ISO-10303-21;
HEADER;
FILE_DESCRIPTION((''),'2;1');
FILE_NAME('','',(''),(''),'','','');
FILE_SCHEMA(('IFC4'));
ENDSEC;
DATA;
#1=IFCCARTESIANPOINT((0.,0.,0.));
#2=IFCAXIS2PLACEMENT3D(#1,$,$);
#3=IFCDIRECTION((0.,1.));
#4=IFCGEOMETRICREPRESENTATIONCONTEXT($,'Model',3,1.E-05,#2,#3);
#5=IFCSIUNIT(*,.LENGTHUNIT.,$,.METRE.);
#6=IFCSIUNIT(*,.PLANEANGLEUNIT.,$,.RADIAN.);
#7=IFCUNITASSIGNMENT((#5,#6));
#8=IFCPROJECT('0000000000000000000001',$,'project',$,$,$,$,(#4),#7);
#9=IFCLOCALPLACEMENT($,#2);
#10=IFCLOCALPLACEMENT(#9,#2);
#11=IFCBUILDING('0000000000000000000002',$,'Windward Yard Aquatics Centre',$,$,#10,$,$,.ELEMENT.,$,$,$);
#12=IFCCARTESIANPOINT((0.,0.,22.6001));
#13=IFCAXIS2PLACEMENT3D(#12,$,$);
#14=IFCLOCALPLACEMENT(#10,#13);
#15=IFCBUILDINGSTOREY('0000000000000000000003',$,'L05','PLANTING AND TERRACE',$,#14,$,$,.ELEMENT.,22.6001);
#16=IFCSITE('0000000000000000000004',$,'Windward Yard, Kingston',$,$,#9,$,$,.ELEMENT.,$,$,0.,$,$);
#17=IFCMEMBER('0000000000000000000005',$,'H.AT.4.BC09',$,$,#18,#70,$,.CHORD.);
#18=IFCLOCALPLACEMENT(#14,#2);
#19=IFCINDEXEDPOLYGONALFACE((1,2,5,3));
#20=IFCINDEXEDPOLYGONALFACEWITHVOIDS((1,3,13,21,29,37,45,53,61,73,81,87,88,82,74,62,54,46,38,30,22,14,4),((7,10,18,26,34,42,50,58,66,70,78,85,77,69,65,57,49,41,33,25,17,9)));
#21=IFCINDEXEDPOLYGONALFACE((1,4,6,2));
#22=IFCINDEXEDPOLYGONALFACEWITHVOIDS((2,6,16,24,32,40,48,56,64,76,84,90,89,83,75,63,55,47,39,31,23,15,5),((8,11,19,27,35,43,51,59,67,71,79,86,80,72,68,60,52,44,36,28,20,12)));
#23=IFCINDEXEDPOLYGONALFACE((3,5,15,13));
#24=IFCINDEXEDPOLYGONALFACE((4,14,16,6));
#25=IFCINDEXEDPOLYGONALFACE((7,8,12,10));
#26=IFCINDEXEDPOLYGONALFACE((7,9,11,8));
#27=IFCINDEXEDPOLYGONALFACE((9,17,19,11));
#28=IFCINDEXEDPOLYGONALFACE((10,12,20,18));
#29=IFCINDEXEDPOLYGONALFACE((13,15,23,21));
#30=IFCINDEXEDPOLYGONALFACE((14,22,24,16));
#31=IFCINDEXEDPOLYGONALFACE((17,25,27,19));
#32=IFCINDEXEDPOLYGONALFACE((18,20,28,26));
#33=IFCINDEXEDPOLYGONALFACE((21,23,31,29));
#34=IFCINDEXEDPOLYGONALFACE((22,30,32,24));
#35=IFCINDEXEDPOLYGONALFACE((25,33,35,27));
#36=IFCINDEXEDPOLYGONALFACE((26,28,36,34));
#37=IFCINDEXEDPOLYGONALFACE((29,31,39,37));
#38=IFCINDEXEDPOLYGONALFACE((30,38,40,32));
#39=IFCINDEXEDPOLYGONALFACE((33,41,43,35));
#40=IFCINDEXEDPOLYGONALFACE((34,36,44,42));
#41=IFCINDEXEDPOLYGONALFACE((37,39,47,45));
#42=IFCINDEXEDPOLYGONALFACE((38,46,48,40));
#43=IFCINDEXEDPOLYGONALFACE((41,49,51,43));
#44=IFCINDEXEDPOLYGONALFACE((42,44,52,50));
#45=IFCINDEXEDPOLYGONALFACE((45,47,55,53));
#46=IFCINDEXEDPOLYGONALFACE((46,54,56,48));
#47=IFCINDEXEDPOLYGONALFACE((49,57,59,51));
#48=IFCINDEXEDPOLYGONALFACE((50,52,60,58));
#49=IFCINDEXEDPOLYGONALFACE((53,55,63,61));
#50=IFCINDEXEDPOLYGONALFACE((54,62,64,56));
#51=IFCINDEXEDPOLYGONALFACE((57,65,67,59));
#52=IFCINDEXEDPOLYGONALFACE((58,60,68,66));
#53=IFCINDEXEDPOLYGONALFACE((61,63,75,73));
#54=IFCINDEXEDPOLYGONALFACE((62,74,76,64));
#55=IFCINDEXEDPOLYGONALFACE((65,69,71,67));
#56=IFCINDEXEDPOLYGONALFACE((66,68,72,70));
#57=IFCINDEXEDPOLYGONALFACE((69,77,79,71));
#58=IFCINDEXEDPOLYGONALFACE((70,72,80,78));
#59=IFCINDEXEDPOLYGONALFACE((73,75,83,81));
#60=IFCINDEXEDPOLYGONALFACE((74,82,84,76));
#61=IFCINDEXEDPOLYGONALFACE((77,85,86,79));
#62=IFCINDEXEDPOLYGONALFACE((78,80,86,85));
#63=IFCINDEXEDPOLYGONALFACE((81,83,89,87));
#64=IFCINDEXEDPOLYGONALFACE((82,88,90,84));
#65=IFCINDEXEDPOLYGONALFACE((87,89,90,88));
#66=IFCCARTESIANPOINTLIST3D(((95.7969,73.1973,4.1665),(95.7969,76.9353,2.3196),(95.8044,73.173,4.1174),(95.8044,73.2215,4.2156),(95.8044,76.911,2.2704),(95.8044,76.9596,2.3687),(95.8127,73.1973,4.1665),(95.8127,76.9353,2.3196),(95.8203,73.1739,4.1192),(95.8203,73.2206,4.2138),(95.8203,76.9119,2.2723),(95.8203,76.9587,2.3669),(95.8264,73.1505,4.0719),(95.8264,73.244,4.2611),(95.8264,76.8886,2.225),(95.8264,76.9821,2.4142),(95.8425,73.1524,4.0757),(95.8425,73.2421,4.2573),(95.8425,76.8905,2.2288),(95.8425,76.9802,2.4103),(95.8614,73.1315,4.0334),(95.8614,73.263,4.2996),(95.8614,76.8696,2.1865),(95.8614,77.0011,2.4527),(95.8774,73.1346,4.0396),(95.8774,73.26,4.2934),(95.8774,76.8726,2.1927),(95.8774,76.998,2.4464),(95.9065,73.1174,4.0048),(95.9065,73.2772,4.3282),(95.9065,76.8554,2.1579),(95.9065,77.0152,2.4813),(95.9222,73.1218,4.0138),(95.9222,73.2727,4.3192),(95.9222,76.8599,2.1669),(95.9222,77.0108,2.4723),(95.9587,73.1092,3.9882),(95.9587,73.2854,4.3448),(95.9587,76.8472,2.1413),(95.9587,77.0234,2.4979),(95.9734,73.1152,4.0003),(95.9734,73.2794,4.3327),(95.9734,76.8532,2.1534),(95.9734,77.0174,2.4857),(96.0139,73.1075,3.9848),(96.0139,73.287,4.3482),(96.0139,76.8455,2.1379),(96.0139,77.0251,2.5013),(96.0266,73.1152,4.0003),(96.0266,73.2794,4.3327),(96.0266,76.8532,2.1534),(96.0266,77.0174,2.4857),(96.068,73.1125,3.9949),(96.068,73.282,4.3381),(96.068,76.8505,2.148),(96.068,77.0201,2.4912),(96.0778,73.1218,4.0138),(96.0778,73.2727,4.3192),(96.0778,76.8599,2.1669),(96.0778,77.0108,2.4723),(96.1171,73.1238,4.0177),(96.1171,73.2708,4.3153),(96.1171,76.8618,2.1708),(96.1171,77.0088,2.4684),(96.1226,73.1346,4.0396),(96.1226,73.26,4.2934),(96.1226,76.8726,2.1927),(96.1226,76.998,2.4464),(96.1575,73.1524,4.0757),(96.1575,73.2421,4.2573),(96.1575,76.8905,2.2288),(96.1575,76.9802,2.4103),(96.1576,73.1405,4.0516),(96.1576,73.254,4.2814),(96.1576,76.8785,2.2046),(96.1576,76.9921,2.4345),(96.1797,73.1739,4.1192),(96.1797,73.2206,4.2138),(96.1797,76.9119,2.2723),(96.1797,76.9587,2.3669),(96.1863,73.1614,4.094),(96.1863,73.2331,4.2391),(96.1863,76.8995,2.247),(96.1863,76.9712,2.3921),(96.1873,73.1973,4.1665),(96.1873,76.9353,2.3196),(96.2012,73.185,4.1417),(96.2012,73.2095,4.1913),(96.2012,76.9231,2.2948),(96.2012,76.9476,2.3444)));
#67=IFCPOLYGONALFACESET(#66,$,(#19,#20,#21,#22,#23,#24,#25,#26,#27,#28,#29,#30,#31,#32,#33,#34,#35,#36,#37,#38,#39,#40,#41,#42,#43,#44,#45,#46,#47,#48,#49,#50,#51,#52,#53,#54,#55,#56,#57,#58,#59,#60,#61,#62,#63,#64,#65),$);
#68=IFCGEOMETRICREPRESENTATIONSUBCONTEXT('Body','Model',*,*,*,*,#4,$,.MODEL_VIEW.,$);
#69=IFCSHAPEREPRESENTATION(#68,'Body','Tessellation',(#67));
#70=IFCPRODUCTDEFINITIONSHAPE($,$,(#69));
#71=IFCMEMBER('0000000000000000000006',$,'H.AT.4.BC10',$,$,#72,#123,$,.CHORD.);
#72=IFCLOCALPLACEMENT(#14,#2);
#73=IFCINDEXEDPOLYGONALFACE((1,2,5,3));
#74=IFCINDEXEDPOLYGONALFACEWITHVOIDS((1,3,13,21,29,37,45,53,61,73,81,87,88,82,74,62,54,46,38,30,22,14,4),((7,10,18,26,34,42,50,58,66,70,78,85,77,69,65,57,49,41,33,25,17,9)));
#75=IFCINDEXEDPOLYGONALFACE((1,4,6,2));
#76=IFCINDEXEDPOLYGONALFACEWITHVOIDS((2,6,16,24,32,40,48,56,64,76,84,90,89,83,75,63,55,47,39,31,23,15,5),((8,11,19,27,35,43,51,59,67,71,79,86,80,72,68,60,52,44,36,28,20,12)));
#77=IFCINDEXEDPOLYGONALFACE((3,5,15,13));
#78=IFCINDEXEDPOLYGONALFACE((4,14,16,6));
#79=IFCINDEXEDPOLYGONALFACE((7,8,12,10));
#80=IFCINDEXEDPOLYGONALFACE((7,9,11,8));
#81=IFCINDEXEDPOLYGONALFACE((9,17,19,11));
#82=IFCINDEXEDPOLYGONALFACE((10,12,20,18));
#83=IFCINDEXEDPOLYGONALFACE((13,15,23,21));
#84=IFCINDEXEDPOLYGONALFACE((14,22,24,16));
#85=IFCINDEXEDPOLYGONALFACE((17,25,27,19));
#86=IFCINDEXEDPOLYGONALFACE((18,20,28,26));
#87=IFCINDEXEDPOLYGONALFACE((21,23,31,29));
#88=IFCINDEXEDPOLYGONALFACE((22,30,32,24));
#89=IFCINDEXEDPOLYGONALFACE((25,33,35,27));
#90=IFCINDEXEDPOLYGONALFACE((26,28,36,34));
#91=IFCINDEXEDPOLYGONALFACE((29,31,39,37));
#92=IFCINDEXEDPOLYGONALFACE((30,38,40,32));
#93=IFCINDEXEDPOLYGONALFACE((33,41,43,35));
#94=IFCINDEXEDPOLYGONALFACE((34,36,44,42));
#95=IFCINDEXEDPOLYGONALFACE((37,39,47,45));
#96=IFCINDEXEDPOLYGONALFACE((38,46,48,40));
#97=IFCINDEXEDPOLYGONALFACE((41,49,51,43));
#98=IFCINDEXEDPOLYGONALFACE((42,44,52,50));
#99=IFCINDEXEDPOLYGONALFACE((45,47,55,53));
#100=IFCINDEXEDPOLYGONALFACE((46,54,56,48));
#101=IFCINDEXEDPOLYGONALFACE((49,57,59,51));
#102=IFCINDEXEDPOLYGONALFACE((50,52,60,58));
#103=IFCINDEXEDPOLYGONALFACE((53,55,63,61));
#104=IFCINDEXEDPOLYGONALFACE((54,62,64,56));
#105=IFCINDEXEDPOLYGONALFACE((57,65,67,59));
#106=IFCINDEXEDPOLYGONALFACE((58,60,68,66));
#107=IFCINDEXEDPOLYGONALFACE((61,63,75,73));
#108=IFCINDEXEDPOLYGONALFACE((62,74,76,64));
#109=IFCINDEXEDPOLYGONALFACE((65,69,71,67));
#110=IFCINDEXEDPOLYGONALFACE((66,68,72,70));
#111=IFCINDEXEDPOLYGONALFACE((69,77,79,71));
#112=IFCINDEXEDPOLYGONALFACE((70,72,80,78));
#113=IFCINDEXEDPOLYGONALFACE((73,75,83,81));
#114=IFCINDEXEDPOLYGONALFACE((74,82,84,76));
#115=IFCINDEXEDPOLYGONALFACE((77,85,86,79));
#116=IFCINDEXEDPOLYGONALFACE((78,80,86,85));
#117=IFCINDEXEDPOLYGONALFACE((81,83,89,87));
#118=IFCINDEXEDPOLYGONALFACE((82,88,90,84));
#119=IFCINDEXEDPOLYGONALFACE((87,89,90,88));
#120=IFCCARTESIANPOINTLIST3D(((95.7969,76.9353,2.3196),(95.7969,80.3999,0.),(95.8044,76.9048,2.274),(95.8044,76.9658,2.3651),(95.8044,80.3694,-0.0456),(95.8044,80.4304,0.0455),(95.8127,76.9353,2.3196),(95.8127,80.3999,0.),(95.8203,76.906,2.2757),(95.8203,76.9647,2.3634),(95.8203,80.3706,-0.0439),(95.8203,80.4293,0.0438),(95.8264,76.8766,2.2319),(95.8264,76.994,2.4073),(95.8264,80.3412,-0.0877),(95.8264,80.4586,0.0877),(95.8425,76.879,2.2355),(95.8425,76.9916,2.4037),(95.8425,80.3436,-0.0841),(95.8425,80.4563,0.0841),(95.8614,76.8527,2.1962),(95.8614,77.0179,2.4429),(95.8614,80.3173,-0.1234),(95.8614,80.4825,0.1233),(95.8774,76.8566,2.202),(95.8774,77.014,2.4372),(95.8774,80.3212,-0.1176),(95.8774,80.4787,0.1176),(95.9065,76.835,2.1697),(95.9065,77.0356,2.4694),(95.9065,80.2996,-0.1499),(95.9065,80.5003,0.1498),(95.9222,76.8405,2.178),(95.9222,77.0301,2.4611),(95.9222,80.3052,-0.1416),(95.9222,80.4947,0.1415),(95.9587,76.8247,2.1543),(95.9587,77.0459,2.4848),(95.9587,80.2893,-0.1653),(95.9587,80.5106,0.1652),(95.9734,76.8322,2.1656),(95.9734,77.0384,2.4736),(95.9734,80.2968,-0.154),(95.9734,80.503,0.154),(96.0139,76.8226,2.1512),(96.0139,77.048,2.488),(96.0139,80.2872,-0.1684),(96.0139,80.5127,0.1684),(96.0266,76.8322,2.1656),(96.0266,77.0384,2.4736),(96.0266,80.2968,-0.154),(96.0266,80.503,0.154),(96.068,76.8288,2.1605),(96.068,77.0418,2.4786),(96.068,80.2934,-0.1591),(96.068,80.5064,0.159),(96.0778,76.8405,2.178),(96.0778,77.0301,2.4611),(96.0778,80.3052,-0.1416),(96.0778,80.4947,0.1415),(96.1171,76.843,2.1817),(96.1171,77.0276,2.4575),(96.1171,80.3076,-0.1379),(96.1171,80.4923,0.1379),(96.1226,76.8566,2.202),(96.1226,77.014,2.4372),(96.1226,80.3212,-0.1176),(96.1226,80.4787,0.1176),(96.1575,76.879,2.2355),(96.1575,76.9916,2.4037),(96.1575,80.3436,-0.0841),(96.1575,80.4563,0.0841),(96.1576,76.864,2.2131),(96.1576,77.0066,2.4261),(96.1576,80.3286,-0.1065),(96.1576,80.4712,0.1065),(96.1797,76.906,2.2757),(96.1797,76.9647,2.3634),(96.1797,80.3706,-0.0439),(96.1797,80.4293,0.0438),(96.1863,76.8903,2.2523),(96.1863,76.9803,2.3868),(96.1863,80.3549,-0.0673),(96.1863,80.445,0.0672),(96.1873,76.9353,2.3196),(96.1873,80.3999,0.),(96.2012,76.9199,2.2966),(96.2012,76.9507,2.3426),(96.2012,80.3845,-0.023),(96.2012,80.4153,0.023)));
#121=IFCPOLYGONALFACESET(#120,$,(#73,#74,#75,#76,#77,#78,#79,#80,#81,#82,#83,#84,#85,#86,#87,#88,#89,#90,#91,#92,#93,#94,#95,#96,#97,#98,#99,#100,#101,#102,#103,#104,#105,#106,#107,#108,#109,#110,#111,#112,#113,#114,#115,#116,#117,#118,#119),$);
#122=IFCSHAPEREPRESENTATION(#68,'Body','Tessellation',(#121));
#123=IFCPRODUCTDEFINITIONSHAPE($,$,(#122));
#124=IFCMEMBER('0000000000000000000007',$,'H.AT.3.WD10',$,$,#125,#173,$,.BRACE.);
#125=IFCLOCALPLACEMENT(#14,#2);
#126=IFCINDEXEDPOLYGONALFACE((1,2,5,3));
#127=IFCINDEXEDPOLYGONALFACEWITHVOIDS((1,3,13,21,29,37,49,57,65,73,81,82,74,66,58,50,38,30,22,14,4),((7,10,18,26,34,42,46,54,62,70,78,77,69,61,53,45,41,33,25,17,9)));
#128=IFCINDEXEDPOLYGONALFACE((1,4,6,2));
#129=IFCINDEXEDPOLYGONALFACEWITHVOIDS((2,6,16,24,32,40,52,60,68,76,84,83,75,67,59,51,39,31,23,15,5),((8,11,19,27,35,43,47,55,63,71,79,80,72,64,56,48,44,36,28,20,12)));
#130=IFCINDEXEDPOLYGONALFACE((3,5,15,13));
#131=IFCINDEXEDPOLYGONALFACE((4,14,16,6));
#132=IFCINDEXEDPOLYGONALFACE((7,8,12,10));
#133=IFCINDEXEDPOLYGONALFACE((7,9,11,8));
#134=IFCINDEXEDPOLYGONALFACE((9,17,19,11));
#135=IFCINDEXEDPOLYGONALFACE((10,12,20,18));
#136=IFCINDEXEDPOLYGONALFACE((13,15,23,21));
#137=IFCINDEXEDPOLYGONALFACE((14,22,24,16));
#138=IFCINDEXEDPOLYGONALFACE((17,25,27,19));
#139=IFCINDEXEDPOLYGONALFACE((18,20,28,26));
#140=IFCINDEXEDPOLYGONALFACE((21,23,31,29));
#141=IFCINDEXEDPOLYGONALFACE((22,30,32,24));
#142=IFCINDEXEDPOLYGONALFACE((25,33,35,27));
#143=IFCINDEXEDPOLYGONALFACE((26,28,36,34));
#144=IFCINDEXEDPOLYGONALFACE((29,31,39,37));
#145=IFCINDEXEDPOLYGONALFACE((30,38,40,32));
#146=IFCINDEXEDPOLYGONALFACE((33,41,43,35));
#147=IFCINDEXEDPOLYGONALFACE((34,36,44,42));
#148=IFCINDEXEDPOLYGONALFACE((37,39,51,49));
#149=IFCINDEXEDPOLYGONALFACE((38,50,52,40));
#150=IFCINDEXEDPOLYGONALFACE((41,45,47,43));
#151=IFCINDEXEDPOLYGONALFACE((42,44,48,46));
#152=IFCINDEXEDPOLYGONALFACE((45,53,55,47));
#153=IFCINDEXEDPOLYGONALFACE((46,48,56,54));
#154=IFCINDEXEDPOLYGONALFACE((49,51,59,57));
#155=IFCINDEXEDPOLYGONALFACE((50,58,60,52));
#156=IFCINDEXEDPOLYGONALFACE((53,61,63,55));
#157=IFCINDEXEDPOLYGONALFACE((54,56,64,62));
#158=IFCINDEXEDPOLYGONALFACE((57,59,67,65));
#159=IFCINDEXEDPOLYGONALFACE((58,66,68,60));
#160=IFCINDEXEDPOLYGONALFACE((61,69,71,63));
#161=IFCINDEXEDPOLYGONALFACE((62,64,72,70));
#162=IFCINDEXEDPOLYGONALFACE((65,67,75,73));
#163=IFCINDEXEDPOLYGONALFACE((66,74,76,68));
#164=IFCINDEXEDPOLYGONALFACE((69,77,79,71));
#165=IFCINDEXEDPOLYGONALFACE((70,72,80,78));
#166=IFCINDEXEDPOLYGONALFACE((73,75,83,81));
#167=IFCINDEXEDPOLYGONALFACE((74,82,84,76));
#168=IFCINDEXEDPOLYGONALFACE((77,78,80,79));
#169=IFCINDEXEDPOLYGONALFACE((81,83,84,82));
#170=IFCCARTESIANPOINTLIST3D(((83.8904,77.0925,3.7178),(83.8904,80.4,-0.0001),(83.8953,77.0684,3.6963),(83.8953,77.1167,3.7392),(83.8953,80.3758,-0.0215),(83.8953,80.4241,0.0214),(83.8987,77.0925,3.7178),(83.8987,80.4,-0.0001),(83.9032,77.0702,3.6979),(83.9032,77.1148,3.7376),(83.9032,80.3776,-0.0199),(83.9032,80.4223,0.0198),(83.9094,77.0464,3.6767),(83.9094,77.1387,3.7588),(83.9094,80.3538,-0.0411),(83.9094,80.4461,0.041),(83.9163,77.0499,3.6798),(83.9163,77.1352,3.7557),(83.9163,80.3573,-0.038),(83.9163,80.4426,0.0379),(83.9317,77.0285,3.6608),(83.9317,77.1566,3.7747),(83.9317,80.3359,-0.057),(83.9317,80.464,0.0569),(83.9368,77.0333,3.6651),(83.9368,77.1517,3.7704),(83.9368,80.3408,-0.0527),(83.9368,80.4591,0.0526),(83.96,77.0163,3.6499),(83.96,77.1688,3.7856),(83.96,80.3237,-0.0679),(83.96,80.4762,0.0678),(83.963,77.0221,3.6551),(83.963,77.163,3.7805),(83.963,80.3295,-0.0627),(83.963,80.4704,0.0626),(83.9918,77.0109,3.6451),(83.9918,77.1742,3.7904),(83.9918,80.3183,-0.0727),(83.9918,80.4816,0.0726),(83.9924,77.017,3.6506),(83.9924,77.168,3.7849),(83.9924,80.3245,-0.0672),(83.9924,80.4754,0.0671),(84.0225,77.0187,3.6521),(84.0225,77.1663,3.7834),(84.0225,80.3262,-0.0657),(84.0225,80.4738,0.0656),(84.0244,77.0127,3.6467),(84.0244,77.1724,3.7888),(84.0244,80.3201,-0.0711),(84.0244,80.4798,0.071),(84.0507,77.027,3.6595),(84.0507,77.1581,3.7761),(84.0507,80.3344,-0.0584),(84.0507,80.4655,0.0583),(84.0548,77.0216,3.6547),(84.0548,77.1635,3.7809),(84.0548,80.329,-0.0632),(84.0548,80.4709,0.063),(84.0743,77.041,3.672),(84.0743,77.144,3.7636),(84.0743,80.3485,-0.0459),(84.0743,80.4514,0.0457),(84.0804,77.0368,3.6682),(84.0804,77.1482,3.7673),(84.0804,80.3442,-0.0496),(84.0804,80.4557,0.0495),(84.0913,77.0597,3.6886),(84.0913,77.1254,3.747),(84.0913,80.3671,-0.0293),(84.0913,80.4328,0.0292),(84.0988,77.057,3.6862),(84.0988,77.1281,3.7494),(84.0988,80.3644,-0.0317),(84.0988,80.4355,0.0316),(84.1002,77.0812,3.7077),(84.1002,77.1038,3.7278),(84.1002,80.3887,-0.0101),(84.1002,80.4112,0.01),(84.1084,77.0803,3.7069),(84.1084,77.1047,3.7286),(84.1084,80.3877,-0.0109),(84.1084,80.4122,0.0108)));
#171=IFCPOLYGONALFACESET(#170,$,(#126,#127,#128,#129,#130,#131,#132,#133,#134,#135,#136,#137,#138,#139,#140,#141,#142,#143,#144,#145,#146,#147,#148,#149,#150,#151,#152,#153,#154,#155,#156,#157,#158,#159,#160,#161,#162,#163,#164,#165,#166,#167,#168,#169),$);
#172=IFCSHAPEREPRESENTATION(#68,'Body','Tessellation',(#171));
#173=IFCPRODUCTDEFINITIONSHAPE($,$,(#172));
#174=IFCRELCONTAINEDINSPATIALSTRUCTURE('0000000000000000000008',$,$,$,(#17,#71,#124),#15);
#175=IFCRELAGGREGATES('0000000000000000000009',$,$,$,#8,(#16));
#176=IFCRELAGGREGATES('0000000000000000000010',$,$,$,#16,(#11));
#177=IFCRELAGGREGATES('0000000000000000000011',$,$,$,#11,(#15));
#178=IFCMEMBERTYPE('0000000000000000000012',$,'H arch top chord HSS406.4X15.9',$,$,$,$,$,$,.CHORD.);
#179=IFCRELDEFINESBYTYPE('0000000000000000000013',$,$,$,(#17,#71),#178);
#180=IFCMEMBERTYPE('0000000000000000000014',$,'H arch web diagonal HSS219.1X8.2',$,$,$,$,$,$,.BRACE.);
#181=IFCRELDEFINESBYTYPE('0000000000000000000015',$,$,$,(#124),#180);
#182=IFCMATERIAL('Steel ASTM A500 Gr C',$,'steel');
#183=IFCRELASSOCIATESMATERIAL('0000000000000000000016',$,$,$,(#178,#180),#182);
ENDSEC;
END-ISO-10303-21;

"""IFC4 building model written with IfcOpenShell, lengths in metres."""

from ifc_helpers import new_model, si_unit, direction, frame, origin, origin_2d, place, context, subcontext, project, spatial, hollow_circle, extrude, material, material_profile, profile_set, type_object, element, save


model = new_model("IFC4")

# Units and contexts
model_context = context("Model", 3, precision=1e-05, world=origin(), true_north=direction((0.0, 1.0)))
body_context = subcontext(model_context, "Body", "Model", "MODEL_VIEW")
ifc_project = project(units=[si_unit("LENGTHUNIT", "METRE"), si_unit("PLANEANGLEUNIT", "RADIAN")], contexts=[model_context])

# Site, building, storey
site_placement = place(None, origin())
site = spatial("IfcSite", under=ifc_project, at=site_placement, Name="Windward Yard, Kingston", CompositionType="ELEMENT", RefElevation=0.0)
building_placement = place(site_placement, origin())
building = spatial("IfcBuilding", under=site, at=building_placement, Name="Windward Yard Aquatics Centre", CompositionType="ELEMENT")
storey_placement = place(building_placement, frame((0.0, 0.0, 22.6001)))
storey = spatial("IfcBuildingStorey", under=building, at=storey_placement, Name="L05", Description="PLANTING AND TERRACE", CompositionType="ELEMENT", Elevation=22.6001)

# Members
ifc_material_1 = material(Name="Steel ASTM A500 Gr C", Category="steel")
ifc_material_profile_1 = material_profile(ifc_material_1, hollow_circle(Radius=0.2031, WallThickness=0.0159, at=origin_2d()), Name="HSS406.4X15.9")
ifc_profile_set_1 = profile_set([ifc_material_profile_1], Name="Steel ASTM A500 Gr C")
member_type_1 = type_object("IfcMemberType", Name="H arch top chord HSS406.4X15.9", PredefinedType="CHORD", material=ifc_profile_set_1)
for number, where, z_axis, x_axis, name in (
    (1, (96.0, 73.1973, 4.1665), (0.0, 0.896537, -0.442969), (-1.0, 0.0, 0.0), "H.AT.4.BC09"),
    (2, (96.0, 76.9353, 2.3196), (0.0, 0.830959, -0.556334), (-1.0, 0.0, 0.0), "H.AT.4.BC10"),
):
    element("IfcMember", number, at=place(storey_placement, frame(where, z_axis=z_axis, x_axis=x_axis)), inside=storey, type_object=member_type_1, Name=name, PredefinedType="CHORD", context=body_context, shape_type="SweptSolid", body=[
        extrude(hollow_circle(Radius=0.2031, WallThickness=0.0159, at=origin_2d()), origin(), (0.0, 0.0, 1.0), 4.1694),
    ])
ifc_material_profile_2 = material_profile(ifc_material_1, hollow_circle(Radius=0.1096, WallThickness=0.0083, at=origin_2d()), Name="HSS219.1X8.2")
ifc_profile_set_2 = profile_set([ifc_material_profile_2], Name="Steel ASTM A500 Gr C")
member_type_2 = type_object("IfcMemberType", Name="H arch web diagonal HSS219.1X8.2", PredefinedType="BRACE", material=ifc_profile_set_2)
member_1_placement = place(storey_placement, frame((84.0, 77.0925, 3.7178), z_axis=(0.0, 0.664665, -0.747141), x_axis=(-1.0, 0.0, 0.0)))
element("IfcMember", 3, at=member_1_placement, inside=storey, type_object=member_type_2, Name="H.AT.3.WD10", PredefinedType="BRACE", context=body_context, shape_type="SweptSolid", body=[
    extrude(hollow_circle(Radius=0.1096, WallThickness=0.0083, at=origin_2d()), origin(), (0.0, 0.0, 1.0), 4.9761),
])

save(model, "model.ifc")
